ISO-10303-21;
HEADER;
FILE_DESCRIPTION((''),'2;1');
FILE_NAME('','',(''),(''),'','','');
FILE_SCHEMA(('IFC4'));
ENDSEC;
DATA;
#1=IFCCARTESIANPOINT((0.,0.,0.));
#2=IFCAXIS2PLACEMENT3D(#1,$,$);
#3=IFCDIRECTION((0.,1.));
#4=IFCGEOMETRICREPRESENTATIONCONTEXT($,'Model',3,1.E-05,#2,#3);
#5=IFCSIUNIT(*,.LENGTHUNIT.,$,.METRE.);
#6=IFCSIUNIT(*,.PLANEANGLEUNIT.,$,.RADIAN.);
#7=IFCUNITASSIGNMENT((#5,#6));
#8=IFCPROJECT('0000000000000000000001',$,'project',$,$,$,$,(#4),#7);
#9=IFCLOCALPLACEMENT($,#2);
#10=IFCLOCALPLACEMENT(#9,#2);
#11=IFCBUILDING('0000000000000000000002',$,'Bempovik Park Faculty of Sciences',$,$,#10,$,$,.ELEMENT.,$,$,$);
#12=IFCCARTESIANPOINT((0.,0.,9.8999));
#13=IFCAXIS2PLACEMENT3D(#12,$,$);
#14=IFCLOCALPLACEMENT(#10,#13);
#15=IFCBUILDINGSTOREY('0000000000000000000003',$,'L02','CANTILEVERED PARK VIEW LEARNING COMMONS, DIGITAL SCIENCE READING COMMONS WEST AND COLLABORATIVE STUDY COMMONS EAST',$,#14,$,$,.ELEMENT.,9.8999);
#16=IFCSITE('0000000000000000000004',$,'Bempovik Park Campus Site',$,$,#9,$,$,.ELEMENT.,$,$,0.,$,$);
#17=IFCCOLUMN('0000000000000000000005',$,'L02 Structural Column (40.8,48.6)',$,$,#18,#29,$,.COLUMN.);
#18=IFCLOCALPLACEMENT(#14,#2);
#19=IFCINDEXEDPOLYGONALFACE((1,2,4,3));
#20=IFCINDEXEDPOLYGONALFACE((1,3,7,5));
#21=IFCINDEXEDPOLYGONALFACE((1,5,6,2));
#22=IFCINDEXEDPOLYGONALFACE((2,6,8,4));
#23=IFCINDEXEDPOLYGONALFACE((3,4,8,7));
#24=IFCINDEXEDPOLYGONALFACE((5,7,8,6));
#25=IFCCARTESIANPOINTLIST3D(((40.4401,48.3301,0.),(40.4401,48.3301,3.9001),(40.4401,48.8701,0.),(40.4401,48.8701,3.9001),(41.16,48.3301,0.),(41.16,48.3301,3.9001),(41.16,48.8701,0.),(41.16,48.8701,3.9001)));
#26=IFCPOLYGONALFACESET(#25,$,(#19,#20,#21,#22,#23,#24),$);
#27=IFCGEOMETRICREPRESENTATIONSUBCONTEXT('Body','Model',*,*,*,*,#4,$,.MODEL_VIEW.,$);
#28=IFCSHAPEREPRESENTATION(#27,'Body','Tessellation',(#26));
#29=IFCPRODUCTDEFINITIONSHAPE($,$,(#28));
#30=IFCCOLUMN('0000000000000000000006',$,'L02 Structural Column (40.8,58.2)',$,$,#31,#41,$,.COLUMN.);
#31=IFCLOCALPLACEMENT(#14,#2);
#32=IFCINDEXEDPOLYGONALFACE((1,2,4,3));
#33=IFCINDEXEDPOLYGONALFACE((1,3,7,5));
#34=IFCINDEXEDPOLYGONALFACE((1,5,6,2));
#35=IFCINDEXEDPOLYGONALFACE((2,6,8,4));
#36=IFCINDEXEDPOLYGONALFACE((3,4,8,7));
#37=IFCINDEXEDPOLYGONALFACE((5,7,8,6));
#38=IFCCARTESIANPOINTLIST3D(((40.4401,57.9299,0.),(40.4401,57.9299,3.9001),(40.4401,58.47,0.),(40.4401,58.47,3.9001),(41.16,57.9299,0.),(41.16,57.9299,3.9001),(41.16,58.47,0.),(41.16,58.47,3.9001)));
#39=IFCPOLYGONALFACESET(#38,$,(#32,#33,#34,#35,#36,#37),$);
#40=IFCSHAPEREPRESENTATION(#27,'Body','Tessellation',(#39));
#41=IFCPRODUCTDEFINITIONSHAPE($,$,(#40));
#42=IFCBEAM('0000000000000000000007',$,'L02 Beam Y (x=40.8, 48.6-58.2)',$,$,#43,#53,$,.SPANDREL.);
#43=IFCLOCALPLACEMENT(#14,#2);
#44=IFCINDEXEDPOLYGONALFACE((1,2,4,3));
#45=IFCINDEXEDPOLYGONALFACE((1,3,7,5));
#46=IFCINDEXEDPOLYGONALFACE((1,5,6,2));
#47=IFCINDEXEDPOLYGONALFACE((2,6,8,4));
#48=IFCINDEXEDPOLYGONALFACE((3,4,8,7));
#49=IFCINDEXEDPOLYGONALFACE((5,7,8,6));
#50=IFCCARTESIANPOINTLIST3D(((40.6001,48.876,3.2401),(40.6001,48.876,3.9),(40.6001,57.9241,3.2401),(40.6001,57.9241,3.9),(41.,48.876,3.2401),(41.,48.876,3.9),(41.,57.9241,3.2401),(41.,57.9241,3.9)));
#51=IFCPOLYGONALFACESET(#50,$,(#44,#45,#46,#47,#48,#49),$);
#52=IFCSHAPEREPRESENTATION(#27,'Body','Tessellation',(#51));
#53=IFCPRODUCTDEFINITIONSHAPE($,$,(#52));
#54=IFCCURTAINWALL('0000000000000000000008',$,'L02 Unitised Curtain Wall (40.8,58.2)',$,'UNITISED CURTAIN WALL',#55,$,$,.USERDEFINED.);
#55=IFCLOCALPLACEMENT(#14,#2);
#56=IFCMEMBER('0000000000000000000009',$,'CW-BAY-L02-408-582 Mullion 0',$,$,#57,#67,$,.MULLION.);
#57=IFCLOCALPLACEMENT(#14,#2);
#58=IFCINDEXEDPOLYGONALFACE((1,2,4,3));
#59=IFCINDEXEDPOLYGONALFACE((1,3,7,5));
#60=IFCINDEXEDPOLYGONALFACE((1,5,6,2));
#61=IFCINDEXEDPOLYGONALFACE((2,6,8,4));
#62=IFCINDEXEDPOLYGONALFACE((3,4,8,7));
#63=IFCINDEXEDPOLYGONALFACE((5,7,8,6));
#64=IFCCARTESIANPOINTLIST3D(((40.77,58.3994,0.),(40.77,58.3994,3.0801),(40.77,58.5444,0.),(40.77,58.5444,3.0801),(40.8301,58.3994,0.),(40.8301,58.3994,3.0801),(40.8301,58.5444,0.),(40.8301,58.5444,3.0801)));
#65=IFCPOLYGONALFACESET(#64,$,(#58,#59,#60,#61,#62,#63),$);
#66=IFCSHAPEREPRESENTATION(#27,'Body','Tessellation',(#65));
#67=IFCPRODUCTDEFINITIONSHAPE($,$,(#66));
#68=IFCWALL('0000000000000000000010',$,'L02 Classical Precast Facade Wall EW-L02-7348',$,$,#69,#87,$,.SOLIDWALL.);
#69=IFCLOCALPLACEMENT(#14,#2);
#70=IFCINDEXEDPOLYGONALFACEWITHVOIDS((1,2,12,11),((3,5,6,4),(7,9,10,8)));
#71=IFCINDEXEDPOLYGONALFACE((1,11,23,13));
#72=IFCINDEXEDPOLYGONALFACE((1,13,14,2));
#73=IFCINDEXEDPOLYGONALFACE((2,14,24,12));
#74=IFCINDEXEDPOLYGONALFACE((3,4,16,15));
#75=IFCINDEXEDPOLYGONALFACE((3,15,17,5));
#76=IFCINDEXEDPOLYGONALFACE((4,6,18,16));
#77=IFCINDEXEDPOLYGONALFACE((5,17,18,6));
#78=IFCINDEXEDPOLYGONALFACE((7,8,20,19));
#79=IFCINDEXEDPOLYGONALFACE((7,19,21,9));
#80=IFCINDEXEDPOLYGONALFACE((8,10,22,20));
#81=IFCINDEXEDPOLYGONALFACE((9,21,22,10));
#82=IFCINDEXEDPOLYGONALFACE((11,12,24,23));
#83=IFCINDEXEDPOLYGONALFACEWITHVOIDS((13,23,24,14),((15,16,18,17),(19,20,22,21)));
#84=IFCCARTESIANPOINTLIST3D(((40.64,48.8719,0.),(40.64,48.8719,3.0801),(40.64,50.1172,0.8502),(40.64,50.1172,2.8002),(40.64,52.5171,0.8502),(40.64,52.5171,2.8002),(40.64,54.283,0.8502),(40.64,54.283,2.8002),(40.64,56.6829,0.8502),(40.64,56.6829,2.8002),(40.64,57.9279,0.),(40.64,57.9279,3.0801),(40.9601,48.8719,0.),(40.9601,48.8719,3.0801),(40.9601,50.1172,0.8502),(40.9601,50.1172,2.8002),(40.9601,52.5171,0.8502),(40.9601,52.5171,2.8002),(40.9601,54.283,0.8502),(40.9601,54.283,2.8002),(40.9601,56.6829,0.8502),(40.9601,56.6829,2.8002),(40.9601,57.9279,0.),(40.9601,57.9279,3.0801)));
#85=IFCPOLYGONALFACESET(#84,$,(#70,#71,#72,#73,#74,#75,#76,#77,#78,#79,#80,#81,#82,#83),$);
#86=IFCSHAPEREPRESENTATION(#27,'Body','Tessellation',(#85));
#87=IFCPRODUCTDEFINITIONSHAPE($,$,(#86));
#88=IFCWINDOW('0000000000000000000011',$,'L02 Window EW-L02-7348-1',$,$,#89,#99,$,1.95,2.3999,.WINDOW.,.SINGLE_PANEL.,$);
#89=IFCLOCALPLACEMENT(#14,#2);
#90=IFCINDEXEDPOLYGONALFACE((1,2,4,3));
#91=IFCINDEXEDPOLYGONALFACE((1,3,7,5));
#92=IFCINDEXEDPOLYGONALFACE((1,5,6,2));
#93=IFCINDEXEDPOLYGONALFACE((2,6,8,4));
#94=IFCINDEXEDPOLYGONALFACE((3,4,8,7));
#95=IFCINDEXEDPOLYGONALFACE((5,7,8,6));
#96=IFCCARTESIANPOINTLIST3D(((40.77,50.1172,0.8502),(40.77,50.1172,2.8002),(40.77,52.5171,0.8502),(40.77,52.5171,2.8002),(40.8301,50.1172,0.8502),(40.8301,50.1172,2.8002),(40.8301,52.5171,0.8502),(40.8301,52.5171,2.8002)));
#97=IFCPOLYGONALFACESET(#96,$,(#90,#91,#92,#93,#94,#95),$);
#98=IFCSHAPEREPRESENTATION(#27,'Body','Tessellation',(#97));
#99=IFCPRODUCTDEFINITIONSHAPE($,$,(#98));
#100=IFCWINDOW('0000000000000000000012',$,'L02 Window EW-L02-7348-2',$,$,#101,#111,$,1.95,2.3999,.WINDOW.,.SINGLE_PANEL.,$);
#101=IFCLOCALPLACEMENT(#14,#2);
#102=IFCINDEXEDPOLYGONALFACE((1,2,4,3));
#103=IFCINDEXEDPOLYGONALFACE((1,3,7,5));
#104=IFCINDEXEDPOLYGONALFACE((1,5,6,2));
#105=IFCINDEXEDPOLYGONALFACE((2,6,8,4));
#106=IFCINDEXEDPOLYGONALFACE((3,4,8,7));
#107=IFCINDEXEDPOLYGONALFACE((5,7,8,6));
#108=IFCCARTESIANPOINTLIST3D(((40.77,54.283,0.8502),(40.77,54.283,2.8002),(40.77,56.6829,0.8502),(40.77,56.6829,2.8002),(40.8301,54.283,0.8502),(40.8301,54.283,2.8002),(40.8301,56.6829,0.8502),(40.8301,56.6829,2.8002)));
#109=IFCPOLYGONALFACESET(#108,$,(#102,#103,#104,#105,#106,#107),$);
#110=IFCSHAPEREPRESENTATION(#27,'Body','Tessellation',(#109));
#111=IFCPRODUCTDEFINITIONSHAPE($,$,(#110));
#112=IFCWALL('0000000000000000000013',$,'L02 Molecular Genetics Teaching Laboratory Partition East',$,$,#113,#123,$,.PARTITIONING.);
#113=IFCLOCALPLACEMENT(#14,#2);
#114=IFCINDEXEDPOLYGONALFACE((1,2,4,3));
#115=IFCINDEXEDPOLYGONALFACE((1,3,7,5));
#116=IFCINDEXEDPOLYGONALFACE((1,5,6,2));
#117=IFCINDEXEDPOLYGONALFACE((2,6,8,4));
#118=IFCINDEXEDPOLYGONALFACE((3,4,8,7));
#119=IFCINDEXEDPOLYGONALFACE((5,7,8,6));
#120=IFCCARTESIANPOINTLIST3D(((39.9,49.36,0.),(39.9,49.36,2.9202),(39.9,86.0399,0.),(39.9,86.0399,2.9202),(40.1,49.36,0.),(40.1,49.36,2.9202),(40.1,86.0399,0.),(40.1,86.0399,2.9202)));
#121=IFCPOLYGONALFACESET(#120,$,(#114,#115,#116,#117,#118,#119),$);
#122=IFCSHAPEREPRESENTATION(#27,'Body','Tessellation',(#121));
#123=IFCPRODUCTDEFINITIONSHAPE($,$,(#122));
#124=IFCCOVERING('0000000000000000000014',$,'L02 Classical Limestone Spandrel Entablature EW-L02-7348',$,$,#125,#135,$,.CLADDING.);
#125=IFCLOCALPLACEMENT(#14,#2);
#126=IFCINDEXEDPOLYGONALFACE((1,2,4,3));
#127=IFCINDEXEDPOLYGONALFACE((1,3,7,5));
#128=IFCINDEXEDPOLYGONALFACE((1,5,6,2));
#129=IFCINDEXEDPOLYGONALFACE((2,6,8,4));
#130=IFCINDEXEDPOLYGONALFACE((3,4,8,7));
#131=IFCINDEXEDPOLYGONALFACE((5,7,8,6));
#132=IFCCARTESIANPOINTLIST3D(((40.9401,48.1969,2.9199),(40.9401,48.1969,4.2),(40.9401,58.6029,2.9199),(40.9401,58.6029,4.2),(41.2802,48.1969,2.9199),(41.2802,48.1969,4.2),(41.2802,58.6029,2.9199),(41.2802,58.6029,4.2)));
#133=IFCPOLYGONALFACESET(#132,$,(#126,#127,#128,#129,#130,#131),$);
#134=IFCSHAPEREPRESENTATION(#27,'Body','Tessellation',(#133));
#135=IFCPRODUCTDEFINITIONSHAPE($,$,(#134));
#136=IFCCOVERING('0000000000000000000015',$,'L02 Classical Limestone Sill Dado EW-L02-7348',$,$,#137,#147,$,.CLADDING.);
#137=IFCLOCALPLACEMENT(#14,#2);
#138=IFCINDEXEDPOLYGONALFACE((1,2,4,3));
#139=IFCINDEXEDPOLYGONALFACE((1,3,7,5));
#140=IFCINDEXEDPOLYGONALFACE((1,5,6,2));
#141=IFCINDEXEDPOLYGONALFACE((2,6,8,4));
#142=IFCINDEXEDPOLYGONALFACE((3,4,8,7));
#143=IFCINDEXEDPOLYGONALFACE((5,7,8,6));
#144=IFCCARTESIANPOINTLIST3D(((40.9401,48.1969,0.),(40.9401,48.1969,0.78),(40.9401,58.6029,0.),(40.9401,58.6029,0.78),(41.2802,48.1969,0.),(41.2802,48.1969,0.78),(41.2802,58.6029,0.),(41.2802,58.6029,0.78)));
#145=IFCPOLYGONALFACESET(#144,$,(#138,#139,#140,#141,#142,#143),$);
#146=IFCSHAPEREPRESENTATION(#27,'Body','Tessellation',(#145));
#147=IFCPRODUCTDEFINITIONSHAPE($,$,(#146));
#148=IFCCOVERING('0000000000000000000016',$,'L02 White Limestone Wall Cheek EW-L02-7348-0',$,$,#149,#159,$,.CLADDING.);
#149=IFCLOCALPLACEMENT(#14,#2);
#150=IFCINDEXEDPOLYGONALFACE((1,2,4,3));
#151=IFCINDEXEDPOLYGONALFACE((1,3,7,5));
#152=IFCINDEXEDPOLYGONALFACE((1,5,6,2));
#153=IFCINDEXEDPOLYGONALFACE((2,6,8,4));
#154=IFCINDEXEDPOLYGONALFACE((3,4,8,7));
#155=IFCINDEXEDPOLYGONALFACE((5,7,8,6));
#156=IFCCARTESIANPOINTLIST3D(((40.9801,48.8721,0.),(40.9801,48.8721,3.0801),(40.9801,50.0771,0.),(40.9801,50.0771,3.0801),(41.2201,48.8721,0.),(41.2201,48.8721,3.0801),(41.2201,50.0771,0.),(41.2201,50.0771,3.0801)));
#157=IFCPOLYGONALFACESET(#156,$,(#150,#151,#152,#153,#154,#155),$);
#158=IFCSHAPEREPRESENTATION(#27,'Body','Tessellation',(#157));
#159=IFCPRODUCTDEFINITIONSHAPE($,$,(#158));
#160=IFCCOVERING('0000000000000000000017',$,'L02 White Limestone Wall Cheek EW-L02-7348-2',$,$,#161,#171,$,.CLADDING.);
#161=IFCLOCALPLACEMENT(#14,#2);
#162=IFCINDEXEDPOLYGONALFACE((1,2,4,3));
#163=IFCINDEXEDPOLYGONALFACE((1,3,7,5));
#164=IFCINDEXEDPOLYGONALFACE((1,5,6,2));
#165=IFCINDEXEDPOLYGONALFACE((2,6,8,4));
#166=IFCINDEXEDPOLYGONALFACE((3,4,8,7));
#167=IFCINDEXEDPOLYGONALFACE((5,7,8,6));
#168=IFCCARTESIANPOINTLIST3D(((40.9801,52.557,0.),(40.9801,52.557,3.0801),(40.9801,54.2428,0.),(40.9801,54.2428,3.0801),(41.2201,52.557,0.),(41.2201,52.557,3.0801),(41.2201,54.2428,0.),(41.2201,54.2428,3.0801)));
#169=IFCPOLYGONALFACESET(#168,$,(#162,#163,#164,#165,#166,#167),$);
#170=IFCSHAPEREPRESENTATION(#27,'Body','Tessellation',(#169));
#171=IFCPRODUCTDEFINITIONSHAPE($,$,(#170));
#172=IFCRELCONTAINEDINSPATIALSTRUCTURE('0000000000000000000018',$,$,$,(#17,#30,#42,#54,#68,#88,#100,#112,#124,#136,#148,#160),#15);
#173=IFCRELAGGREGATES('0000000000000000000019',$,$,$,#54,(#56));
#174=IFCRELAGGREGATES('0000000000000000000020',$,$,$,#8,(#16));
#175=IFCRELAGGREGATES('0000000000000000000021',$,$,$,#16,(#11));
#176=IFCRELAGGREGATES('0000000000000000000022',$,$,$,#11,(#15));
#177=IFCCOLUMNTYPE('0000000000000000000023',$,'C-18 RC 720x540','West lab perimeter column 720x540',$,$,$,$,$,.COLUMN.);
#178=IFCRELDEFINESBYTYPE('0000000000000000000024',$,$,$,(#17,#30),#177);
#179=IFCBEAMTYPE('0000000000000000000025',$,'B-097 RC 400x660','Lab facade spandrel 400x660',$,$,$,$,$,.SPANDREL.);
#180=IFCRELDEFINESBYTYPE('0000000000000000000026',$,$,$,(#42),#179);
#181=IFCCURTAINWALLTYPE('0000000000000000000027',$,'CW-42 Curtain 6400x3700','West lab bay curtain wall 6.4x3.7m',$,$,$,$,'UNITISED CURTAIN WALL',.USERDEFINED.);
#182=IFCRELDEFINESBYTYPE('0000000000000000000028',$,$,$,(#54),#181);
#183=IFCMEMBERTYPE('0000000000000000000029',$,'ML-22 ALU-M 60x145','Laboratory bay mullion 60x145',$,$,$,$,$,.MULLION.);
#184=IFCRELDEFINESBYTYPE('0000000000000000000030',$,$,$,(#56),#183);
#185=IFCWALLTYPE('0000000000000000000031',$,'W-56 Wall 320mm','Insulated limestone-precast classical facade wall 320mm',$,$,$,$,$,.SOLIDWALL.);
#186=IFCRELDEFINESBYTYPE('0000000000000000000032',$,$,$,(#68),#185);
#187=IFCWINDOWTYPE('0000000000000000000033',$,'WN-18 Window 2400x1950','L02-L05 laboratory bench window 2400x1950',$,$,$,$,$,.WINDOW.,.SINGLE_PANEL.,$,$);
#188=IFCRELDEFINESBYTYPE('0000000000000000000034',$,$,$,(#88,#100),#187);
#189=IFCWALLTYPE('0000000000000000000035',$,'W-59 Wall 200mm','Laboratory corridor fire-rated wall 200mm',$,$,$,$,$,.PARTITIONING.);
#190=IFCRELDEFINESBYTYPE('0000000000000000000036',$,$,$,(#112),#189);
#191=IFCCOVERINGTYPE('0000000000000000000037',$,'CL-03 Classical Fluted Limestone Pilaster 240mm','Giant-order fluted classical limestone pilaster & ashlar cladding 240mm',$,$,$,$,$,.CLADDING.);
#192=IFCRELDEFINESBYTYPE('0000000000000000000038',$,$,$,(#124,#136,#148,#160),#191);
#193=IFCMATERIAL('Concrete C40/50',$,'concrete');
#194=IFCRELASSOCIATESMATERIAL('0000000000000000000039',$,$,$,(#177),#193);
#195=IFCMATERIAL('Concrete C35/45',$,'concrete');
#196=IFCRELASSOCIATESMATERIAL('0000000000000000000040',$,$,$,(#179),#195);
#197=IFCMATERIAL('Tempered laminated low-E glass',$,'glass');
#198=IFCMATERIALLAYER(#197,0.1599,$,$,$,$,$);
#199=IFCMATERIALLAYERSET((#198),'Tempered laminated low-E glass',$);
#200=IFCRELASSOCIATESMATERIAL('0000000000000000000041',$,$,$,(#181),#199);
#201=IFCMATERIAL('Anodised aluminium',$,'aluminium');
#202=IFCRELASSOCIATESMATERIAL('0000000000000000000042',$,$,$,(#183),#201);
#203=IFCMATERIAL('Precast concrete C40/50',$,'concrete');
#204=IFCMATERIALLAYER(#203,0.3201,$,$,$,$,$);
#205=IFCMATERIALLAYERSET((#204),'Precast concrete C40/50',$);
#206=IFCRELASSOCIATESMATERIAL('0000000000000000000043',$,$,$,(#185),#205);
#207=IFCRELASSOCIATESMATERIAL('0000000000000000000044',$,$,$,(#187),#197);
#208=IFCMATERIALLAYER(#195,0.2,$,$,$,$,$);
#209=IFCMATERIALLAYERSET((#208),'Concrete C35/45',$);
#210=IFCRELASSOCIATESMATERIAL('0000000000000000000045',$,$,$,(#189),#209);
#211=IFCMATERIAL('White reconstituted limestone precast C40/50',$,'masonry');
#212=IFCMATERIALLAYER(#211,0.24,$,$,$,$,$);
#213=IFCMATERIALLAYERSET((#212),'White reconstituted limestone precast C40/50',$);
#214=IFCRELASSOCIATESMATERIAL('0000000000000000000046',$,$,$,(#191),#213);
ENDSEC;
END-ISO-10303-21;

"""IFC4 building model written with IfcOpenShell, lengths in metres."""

from ifc_helpers import new_model, si_unit, direction, frame, frame_2d, origin, origin_2d, place, context, subcontext, project, spatial, rectangle, extrude, material, layer, layer_set, material_profile, profile_set, type_object, element, fill, aggregate, save


model = new_model("IFC4")

# Units and contexts
model_context = context("Model", 3, precision=1e-05, world=origin(), true_north=direction((0.0, 1.0)))
body_context = subcontext(model_context, "Body", "Model", "MODEL_VIEW")
ifc_project = project(units=[si_unit("LENGTHUNIT", "METRE"), si_unit("PLANEANGLEUNIT", "RADIAN")], contexts=[model_context])

# Site, building, storey
site_placement = place(None, origin())
site = spatial("IfcSite", under=ifc_project, at=site_placement, Name="Bempovik Park Campus Site", CompositionType="ELEMENT", RefElevation=0.0)
building_placement = place(site_placement, origin())
building = spatial("IfcBuilding", under=site, at=building_placement, Name="Bempovik Park Faculty of Sciences", CompositionType="ELEMENT")
storey_placement = place(building_placement, frame((0.0, 0.0, 9.8999)))
storey = spatial("IfcBuildingStorey", under=building, at=storey_placement, Name="L02", Description="CANTILEVERED PARK VIEW LEARNING COMMONS, DIGITAL SCIENCE READING COMMONS WEST AND COLLABORATIVE STUDY COMMONS EAST", CompositionType="ELEMENT", Elevation=9.8999)

# Columns
ifc_material_1 = material(Name="Concrete C40/50", Category="concrete")
ifc_material_profile_1 = material_profile(ifc_material_1, rectangle(XDim=0.72, YDim=0.54, at=origin_2d()), Name="RC 720x540")
ifc_profile_set_1 = profile_set([ifc_material_profile_1], Name="Concrete C40/50")
column_type = type_object("IfcColumnType", Name="C-18 RC 720x540", Description="West lab perimeter column 720x540", PredefinedType="COLUMN", material=ifc_profile_set_1)
for number, where, z_axis, x_axis, name in (
    (1, (40.8, 48.6001, 0.0), (0.0, 0.0, 1.0), (1.0, 0.0, 0.0), "L02 Structural Column (40.8,48.6)"),
    (2, (40.8, 58.2, 0.0), (0.0, 0.0, 1.0), (1.0, 0.0, 0.0), "L02 Structural Column (40.8,58.2)"),
):
    element("IfcColumn", number, at=place(storey_placement, frame(where, z_axis=z_axis, x_axis=x_axis)), inside=storey, type_object=column_type, Name=name, PredefinedType="COLUMN", context=body_context, shape_type="SweptSolid", body=[
        extrude(rectangle(XDim=0.72, YDim=0.54, at=origin_2d()), origin(), (0.0, 0.0, 1.0), 3.9001),
    ])

# Beam
ifc_material_2 = material(Name="Concrete C35/45", Category="concrete")
ifc_material_profile_2 = material_profile(ifc_material_2, rectangle(XDim=0.3999, YDim=0.6599, at=origin_2d()), Name="RC 400x660")
ifc_profile_set_2 = profile_set([ifc_material_profile_2], Name="Concrete C35/45")
beam_type = type_object("IfcBeamType", Name="B-097 RC 400x660", Description="Lab facade spandrel 400x660", PredefinedType="SPANDREL", material=ifc_profile_set_2)
beam_placement = place(storey_placement, frame((40.8, 48.876, 3.5701), z_axis=(0.0, 1.0, 0.0), x_axis=(-1.0, 0.0, 0.0)))
element("IfcBeam", 3, at=beam_placement, inside=storey, type_object=beam_type, Name="L02 Beam Y (x=40.8, 48.6-58.2)", PredefinedType="SPANDREL", context=body_context, shape_type="SweptSolid", body=[
    extrude(rectangle(XDim=0.3999, YDim=0.6599, at=origin_2d()), origin(), (0.0, 0.0, 1.0), 9.0481),
])

# Curtain wall, member
ifc_material_3 = material(Name="Tempered laminated low-E glass", Category="glass")
ifc_layer_1 = layer(ifc_material_3, 0.1599)
ifc_layer_set_1 = layer_set([ifc_layer_1], Name="Tempered laminated low-E glass")
curtain_wall_type = type_object("IfcCurtainWallType", Name="CW-42 Curtain 6400x3700", Description="West lab bay curtain wall 6.4x3.7m", ElementType="UNITISED CURTAIN WALL", PredefinedType="USERDEFINED", material=ifc_layer_set_1)
curtain_wall_placement = place(storey_placement, origin())
curtain_wall = element("IfcCurtainWall", 4, at=curtain_wall_placement, inside=storey, type_object=curtain_wall_type, Name="L02 Unitised Curtain Wall (40.8,58.2)", ObjectType="UNITISED CURTAIN WALL", PredefinedType="USERDEFINED")
ifc_material_4 = material(Name="Anodised aluminium", Category="aluminium")
ifc_material_profile_3 = material_profile(ifc_material_4, rectangle(XDim=0.0601, YDim=0.145, at=origin_2d()), Name="ALU-M 60x145")
ifc_profile_set_3 = profile_set([ifc_material_profile_3], Name="Anodised aluminium")
member_type = type_object("IfcMemberType", Name="ML-22 ALU-M 60x145", Description="Laboratory bay mullion 60x145", PredefinedType="MULLION", material=ifc_profile_set_3)
member_placement = place(storey_placement, frame((40.8, 58.4719, 0.0), z_axis=(0.0, 0.0, 1.0), x_axis=(1.0, 0.0, 0.0)))
member = element("IfcMember", 5, at=member_placement, type_object=member_type, Name="CW-BAY-L02-408-582 Mullion 0", PredefinedType="MULLION", context=body_context, shape_type="SweptSolid", body=[
    extrude(rectangle(XDim=0.0601, YDim=0.145, at=origin_2d()), origin(), (0.0, 0.0, 1.0), 3.0801),
])
aggregate(curtain_wall, [member])

# Wall, openings, windows
ifc_material_5 = material(Name="Precast concrete C40/50", Category="concrete")
ifc_layer_2 = layer(ifc_material_5, 0.3201)
ifc_layer_set_2 = layer_set([ifc_layer_2], Name="Precast concrete C40/50")
wall_type_1 = type_object("IfcWallType", Name="W-56 Wall 320mm", Description="Insulated limestone-precast classical facade wall 320mm", PredefinedType="SOLIDWALL", material=ifc_layer_set_2)
wall_1_placement = place(storey_placement, frame((40.8, 48.8721, 0.0), z_axis=(0.0, 0.0, 1.0), x_axis=(0.0, 1.0, 0.0)))
wall_1 = element("IfcWall", 6, at=wall_1_placement, inside=storey, type_object=wall_type_1, Name="L02 Classical Precast Facade Wall EW-L02-7348", PredefinedType="SOLIDWALL", context=body_context, shape_type="SweptSolid", body=[
    extrude(rectangle(XDim=9.0559, YDim=0.3201, at=frame_2d((4.5278, 0.0))), origin(), (0.0, 0.0, 1.0), 3.0801),
])
opening_1_placement = place(wall_1_placement, frame((1.2451, 0.0, 0.8501)))
opening_1 = element("IfcOpeningElement", 7, at=opening_1_placement, cuts=wall_1, PredefinedType="OPENING", context=body_context, shape_type="SweptSolid", body=[
    extrude(rectangle(XDim=2.3999, YDim=1.95, at=frame_2d((1.2, 0.9751))), frame((0.0, 0.1699, 0.0), z_axis=(0.0, -1.0, 0.0), x_axis=(1.0, 0.0, 0.0)), (0.0, 0.0, 1.0), 0.3401),
])
opening_2_placement = place(wall_1_placement, frame((5.4109, 0.0, 0.8501)))
opening_2 = element("IfcOpeningElement", 8, at=opening_2_placement, cuts=wall_1, PredefinedType="OPENING", context=body_context, shape_type="SweptSolid", body=[
    extrude(rectangle(XDim=2.3999, YDim=1.95, at=frame_2d((1.2, 0.9751))), frame((0.0, 0.1699, 0.0), z_axis=(0.0, -1.0, 0.0), x_axis=(1.0, 0.0, 0.0)), (0.0, 0.0, 1.0), 0.3401),
])
window_type = type_object("IfcWindowType", Name="WN-18 Window 2400x1950", Description="L02-L05 laboratory bench window 2400x1950", PartitioningType="SINGLE_PANEL", PredefinedType="WINDOW", material=ifc_material_3)
window_1_placement = place(opening_1_placement, origin())
window_1 = element("IfcWindow", 9, at=window_1_placement, inside=storey, type_object=window_type, Name="L02 Window EW-L02-7348-1", OverallHeight=1.95, OverallWidth=2.3999, PartitioningType="SINGLE_PANEL", PredefinedType="WINDOW", context=body_context, shape_type="SweptSolid", body=[
    extrude(rectangle(XDim=2.3999, YDim=1.95, at=frame_2d((1.2, 0.9751))), frame((0.0, 0.03, 0.0), z_axis=(0.0, -1.0, 0.0), x_axis=(1.0, 0.0, 0.0)), (0.0, 0.0, 1.0), 0.0601),
])
fill(opening_1, window_1)
window_2_placement = place(opening_2_placement, origin())
window_2 = element("IfcWindow", 10, at=window_2_placement, inside=storey, type_object=window_type, Name="L02 Window EW-L02-7348-2", OverallHeight=1.95, OverallWidth=2.3999, PartitioningType="SINGLE_PANEL", PredefinedType="WINDOW", context=body_context, shape_type="SweptSolid", body=[
    extrude(rectangle(XDim=2.3999, YDim=1.95, at=frame_2d((1.2, 0.9751))), frame((0.0, 0.03, 0.0), z_axis=(0.0, -1.0, 0.0), x_axis=(1.0, 0.0, 0.0)), (0.0, 0.0, 1.0), 0.0601),
])
fill(opening_2, window_2)

# Wall
ifc_layer_3 = layer(ifc_material_2, 0.2)
ifc_layer_set_3 = layer_set([ifc_layer_3], Name="Concrete C35/45")
wall_type_2 = type_object("IfcWallType", Name="W-59 Wall 200mm", Description="Laboratory corridor fire-rated wall 200mm", PredefinedType="PARTITIONING", material=ifc_layer_set_3)
wall_2_placement = place(storey_placement, frame((40.0, 49.3601, 0.0), z_axis=(0.0, 0.0, 1.0), x_axis=(0.0, 1.0, 0.0)))
element("IfcWall", 11, at=wall_2_placement, inside=storey, type_object=wall_type_2, Name="L02 Molecular Genetics Teaching Laboratory Partition East", PredefinedType="PARTITIONING", context=body_context, shape_type="SweptSolid", body=[
    extrude(rectangle(XDim=36.6799, YDim=0.2, at=frame_2d((18.3398, 0.0))), origin(), (0.0, 0.0, 1.0), 2.9202),
])

# Coverings
ifc_material_6 = material(Name="White reconstituted limestone precast C40/50", Category="masonry")
ifc_layer_4 = layer(ifc_material_6, 0.24)
ifc_layer_set_4 = layer_set([ifc_layer_4], Name="White reconstituted limestone precast C40/50")
covering_type = type_object("IfcCoveringType", Name="CL-03 Classical Fluted Limestone Pilaster 240mm", Description="Giant-order fluted classical limestone pilaster & ashlar cladding 240mm", PredefinedType="CLADDING", material=ifc_layer_set_4)
covering_1_placement = place(storey_placement, frame((41.1101, 53.3999, 2.9199), z_axis=(0.0, 0.0, 1.0), x_axis=(1.0, 0.0, 0.0)))
element("IfcCovering", 12, at=covering_1_placement, inside=storey, type_object=covering_type, Name="L02 Classical Limestone Spandrel Entablature EW-L02-7348", PredefinedType="CLADDING", context=body_context, shape_type="SweptSolid", body=[
    extrude(rectangle(XDim=0.3401, YDim=10.406, at=origin_2d()), origin(), (0.0, 0.0, 1.0), 1.28),
])
covering_2_placement = place(storey_placement, frame((41.1101, 53.3999, 0.0), z_axis=(0.0, 0.0, 1.0), x_axis=(1.0, 0.0, 0.0)))
element("IfcCovering", 13, at=covering_2_placement, inside=storey, type_object=covering_type, Name="L02 Classical Limestone Sill Dado EW-L02-7348", PredefinedType="CLADDING", context=body_context, shape_type="SweptSolid", body=[
    extrude(rectangle(XDim=0.3401, YDim=10.406, at=origin_2d()), origin(), (0.0, 0.0, 1.0), 0.78),
])
covering_3_placement = place(storey_placement, frame((41.1001, 49.4746, 0.0), z_axis=(0.0, 0.0, 1.0), x_axis=(1.0, 0.0, 0.0)))
element("IfcCovering", 14, at=covering_3_placement, inside=storey, type_object=covering_type, Name="L02 White Limestone Wall Cheek EW-L02-7348-0", PredefinedType="CLADDING", context=body_context, shape_type="SweptSolid", body=[
    extrude(rectangle(XDim=0.24, YDim=1.2051, at=origin_2d()), origin(), (0.0, 0.0, 1.0), 3.0801),
])
covering_4_placement = place(storey_placement, frame((41.1001, 53.3999, 0.0), z_axis=(0.0, 0.0, 1.0), x_axis=(1.0, 0.0, 0.0)))
element("IfcCovering", 15, at=covering_4_placement, inside=storey, type_object=covering_type, Name="L02 White Limestone Wall Cheek EW-L02-7348-2", PredefinedType="CLADDING", context=body_context, shape_type="SweptSolid", body=[
    extrude(rectangle(XDim=0.24, YDim=1.6858, at=origin_2d()), origin(), (0.0, 0.0, 1.0), 3.0801),
])

save(model, "model.ifc")
